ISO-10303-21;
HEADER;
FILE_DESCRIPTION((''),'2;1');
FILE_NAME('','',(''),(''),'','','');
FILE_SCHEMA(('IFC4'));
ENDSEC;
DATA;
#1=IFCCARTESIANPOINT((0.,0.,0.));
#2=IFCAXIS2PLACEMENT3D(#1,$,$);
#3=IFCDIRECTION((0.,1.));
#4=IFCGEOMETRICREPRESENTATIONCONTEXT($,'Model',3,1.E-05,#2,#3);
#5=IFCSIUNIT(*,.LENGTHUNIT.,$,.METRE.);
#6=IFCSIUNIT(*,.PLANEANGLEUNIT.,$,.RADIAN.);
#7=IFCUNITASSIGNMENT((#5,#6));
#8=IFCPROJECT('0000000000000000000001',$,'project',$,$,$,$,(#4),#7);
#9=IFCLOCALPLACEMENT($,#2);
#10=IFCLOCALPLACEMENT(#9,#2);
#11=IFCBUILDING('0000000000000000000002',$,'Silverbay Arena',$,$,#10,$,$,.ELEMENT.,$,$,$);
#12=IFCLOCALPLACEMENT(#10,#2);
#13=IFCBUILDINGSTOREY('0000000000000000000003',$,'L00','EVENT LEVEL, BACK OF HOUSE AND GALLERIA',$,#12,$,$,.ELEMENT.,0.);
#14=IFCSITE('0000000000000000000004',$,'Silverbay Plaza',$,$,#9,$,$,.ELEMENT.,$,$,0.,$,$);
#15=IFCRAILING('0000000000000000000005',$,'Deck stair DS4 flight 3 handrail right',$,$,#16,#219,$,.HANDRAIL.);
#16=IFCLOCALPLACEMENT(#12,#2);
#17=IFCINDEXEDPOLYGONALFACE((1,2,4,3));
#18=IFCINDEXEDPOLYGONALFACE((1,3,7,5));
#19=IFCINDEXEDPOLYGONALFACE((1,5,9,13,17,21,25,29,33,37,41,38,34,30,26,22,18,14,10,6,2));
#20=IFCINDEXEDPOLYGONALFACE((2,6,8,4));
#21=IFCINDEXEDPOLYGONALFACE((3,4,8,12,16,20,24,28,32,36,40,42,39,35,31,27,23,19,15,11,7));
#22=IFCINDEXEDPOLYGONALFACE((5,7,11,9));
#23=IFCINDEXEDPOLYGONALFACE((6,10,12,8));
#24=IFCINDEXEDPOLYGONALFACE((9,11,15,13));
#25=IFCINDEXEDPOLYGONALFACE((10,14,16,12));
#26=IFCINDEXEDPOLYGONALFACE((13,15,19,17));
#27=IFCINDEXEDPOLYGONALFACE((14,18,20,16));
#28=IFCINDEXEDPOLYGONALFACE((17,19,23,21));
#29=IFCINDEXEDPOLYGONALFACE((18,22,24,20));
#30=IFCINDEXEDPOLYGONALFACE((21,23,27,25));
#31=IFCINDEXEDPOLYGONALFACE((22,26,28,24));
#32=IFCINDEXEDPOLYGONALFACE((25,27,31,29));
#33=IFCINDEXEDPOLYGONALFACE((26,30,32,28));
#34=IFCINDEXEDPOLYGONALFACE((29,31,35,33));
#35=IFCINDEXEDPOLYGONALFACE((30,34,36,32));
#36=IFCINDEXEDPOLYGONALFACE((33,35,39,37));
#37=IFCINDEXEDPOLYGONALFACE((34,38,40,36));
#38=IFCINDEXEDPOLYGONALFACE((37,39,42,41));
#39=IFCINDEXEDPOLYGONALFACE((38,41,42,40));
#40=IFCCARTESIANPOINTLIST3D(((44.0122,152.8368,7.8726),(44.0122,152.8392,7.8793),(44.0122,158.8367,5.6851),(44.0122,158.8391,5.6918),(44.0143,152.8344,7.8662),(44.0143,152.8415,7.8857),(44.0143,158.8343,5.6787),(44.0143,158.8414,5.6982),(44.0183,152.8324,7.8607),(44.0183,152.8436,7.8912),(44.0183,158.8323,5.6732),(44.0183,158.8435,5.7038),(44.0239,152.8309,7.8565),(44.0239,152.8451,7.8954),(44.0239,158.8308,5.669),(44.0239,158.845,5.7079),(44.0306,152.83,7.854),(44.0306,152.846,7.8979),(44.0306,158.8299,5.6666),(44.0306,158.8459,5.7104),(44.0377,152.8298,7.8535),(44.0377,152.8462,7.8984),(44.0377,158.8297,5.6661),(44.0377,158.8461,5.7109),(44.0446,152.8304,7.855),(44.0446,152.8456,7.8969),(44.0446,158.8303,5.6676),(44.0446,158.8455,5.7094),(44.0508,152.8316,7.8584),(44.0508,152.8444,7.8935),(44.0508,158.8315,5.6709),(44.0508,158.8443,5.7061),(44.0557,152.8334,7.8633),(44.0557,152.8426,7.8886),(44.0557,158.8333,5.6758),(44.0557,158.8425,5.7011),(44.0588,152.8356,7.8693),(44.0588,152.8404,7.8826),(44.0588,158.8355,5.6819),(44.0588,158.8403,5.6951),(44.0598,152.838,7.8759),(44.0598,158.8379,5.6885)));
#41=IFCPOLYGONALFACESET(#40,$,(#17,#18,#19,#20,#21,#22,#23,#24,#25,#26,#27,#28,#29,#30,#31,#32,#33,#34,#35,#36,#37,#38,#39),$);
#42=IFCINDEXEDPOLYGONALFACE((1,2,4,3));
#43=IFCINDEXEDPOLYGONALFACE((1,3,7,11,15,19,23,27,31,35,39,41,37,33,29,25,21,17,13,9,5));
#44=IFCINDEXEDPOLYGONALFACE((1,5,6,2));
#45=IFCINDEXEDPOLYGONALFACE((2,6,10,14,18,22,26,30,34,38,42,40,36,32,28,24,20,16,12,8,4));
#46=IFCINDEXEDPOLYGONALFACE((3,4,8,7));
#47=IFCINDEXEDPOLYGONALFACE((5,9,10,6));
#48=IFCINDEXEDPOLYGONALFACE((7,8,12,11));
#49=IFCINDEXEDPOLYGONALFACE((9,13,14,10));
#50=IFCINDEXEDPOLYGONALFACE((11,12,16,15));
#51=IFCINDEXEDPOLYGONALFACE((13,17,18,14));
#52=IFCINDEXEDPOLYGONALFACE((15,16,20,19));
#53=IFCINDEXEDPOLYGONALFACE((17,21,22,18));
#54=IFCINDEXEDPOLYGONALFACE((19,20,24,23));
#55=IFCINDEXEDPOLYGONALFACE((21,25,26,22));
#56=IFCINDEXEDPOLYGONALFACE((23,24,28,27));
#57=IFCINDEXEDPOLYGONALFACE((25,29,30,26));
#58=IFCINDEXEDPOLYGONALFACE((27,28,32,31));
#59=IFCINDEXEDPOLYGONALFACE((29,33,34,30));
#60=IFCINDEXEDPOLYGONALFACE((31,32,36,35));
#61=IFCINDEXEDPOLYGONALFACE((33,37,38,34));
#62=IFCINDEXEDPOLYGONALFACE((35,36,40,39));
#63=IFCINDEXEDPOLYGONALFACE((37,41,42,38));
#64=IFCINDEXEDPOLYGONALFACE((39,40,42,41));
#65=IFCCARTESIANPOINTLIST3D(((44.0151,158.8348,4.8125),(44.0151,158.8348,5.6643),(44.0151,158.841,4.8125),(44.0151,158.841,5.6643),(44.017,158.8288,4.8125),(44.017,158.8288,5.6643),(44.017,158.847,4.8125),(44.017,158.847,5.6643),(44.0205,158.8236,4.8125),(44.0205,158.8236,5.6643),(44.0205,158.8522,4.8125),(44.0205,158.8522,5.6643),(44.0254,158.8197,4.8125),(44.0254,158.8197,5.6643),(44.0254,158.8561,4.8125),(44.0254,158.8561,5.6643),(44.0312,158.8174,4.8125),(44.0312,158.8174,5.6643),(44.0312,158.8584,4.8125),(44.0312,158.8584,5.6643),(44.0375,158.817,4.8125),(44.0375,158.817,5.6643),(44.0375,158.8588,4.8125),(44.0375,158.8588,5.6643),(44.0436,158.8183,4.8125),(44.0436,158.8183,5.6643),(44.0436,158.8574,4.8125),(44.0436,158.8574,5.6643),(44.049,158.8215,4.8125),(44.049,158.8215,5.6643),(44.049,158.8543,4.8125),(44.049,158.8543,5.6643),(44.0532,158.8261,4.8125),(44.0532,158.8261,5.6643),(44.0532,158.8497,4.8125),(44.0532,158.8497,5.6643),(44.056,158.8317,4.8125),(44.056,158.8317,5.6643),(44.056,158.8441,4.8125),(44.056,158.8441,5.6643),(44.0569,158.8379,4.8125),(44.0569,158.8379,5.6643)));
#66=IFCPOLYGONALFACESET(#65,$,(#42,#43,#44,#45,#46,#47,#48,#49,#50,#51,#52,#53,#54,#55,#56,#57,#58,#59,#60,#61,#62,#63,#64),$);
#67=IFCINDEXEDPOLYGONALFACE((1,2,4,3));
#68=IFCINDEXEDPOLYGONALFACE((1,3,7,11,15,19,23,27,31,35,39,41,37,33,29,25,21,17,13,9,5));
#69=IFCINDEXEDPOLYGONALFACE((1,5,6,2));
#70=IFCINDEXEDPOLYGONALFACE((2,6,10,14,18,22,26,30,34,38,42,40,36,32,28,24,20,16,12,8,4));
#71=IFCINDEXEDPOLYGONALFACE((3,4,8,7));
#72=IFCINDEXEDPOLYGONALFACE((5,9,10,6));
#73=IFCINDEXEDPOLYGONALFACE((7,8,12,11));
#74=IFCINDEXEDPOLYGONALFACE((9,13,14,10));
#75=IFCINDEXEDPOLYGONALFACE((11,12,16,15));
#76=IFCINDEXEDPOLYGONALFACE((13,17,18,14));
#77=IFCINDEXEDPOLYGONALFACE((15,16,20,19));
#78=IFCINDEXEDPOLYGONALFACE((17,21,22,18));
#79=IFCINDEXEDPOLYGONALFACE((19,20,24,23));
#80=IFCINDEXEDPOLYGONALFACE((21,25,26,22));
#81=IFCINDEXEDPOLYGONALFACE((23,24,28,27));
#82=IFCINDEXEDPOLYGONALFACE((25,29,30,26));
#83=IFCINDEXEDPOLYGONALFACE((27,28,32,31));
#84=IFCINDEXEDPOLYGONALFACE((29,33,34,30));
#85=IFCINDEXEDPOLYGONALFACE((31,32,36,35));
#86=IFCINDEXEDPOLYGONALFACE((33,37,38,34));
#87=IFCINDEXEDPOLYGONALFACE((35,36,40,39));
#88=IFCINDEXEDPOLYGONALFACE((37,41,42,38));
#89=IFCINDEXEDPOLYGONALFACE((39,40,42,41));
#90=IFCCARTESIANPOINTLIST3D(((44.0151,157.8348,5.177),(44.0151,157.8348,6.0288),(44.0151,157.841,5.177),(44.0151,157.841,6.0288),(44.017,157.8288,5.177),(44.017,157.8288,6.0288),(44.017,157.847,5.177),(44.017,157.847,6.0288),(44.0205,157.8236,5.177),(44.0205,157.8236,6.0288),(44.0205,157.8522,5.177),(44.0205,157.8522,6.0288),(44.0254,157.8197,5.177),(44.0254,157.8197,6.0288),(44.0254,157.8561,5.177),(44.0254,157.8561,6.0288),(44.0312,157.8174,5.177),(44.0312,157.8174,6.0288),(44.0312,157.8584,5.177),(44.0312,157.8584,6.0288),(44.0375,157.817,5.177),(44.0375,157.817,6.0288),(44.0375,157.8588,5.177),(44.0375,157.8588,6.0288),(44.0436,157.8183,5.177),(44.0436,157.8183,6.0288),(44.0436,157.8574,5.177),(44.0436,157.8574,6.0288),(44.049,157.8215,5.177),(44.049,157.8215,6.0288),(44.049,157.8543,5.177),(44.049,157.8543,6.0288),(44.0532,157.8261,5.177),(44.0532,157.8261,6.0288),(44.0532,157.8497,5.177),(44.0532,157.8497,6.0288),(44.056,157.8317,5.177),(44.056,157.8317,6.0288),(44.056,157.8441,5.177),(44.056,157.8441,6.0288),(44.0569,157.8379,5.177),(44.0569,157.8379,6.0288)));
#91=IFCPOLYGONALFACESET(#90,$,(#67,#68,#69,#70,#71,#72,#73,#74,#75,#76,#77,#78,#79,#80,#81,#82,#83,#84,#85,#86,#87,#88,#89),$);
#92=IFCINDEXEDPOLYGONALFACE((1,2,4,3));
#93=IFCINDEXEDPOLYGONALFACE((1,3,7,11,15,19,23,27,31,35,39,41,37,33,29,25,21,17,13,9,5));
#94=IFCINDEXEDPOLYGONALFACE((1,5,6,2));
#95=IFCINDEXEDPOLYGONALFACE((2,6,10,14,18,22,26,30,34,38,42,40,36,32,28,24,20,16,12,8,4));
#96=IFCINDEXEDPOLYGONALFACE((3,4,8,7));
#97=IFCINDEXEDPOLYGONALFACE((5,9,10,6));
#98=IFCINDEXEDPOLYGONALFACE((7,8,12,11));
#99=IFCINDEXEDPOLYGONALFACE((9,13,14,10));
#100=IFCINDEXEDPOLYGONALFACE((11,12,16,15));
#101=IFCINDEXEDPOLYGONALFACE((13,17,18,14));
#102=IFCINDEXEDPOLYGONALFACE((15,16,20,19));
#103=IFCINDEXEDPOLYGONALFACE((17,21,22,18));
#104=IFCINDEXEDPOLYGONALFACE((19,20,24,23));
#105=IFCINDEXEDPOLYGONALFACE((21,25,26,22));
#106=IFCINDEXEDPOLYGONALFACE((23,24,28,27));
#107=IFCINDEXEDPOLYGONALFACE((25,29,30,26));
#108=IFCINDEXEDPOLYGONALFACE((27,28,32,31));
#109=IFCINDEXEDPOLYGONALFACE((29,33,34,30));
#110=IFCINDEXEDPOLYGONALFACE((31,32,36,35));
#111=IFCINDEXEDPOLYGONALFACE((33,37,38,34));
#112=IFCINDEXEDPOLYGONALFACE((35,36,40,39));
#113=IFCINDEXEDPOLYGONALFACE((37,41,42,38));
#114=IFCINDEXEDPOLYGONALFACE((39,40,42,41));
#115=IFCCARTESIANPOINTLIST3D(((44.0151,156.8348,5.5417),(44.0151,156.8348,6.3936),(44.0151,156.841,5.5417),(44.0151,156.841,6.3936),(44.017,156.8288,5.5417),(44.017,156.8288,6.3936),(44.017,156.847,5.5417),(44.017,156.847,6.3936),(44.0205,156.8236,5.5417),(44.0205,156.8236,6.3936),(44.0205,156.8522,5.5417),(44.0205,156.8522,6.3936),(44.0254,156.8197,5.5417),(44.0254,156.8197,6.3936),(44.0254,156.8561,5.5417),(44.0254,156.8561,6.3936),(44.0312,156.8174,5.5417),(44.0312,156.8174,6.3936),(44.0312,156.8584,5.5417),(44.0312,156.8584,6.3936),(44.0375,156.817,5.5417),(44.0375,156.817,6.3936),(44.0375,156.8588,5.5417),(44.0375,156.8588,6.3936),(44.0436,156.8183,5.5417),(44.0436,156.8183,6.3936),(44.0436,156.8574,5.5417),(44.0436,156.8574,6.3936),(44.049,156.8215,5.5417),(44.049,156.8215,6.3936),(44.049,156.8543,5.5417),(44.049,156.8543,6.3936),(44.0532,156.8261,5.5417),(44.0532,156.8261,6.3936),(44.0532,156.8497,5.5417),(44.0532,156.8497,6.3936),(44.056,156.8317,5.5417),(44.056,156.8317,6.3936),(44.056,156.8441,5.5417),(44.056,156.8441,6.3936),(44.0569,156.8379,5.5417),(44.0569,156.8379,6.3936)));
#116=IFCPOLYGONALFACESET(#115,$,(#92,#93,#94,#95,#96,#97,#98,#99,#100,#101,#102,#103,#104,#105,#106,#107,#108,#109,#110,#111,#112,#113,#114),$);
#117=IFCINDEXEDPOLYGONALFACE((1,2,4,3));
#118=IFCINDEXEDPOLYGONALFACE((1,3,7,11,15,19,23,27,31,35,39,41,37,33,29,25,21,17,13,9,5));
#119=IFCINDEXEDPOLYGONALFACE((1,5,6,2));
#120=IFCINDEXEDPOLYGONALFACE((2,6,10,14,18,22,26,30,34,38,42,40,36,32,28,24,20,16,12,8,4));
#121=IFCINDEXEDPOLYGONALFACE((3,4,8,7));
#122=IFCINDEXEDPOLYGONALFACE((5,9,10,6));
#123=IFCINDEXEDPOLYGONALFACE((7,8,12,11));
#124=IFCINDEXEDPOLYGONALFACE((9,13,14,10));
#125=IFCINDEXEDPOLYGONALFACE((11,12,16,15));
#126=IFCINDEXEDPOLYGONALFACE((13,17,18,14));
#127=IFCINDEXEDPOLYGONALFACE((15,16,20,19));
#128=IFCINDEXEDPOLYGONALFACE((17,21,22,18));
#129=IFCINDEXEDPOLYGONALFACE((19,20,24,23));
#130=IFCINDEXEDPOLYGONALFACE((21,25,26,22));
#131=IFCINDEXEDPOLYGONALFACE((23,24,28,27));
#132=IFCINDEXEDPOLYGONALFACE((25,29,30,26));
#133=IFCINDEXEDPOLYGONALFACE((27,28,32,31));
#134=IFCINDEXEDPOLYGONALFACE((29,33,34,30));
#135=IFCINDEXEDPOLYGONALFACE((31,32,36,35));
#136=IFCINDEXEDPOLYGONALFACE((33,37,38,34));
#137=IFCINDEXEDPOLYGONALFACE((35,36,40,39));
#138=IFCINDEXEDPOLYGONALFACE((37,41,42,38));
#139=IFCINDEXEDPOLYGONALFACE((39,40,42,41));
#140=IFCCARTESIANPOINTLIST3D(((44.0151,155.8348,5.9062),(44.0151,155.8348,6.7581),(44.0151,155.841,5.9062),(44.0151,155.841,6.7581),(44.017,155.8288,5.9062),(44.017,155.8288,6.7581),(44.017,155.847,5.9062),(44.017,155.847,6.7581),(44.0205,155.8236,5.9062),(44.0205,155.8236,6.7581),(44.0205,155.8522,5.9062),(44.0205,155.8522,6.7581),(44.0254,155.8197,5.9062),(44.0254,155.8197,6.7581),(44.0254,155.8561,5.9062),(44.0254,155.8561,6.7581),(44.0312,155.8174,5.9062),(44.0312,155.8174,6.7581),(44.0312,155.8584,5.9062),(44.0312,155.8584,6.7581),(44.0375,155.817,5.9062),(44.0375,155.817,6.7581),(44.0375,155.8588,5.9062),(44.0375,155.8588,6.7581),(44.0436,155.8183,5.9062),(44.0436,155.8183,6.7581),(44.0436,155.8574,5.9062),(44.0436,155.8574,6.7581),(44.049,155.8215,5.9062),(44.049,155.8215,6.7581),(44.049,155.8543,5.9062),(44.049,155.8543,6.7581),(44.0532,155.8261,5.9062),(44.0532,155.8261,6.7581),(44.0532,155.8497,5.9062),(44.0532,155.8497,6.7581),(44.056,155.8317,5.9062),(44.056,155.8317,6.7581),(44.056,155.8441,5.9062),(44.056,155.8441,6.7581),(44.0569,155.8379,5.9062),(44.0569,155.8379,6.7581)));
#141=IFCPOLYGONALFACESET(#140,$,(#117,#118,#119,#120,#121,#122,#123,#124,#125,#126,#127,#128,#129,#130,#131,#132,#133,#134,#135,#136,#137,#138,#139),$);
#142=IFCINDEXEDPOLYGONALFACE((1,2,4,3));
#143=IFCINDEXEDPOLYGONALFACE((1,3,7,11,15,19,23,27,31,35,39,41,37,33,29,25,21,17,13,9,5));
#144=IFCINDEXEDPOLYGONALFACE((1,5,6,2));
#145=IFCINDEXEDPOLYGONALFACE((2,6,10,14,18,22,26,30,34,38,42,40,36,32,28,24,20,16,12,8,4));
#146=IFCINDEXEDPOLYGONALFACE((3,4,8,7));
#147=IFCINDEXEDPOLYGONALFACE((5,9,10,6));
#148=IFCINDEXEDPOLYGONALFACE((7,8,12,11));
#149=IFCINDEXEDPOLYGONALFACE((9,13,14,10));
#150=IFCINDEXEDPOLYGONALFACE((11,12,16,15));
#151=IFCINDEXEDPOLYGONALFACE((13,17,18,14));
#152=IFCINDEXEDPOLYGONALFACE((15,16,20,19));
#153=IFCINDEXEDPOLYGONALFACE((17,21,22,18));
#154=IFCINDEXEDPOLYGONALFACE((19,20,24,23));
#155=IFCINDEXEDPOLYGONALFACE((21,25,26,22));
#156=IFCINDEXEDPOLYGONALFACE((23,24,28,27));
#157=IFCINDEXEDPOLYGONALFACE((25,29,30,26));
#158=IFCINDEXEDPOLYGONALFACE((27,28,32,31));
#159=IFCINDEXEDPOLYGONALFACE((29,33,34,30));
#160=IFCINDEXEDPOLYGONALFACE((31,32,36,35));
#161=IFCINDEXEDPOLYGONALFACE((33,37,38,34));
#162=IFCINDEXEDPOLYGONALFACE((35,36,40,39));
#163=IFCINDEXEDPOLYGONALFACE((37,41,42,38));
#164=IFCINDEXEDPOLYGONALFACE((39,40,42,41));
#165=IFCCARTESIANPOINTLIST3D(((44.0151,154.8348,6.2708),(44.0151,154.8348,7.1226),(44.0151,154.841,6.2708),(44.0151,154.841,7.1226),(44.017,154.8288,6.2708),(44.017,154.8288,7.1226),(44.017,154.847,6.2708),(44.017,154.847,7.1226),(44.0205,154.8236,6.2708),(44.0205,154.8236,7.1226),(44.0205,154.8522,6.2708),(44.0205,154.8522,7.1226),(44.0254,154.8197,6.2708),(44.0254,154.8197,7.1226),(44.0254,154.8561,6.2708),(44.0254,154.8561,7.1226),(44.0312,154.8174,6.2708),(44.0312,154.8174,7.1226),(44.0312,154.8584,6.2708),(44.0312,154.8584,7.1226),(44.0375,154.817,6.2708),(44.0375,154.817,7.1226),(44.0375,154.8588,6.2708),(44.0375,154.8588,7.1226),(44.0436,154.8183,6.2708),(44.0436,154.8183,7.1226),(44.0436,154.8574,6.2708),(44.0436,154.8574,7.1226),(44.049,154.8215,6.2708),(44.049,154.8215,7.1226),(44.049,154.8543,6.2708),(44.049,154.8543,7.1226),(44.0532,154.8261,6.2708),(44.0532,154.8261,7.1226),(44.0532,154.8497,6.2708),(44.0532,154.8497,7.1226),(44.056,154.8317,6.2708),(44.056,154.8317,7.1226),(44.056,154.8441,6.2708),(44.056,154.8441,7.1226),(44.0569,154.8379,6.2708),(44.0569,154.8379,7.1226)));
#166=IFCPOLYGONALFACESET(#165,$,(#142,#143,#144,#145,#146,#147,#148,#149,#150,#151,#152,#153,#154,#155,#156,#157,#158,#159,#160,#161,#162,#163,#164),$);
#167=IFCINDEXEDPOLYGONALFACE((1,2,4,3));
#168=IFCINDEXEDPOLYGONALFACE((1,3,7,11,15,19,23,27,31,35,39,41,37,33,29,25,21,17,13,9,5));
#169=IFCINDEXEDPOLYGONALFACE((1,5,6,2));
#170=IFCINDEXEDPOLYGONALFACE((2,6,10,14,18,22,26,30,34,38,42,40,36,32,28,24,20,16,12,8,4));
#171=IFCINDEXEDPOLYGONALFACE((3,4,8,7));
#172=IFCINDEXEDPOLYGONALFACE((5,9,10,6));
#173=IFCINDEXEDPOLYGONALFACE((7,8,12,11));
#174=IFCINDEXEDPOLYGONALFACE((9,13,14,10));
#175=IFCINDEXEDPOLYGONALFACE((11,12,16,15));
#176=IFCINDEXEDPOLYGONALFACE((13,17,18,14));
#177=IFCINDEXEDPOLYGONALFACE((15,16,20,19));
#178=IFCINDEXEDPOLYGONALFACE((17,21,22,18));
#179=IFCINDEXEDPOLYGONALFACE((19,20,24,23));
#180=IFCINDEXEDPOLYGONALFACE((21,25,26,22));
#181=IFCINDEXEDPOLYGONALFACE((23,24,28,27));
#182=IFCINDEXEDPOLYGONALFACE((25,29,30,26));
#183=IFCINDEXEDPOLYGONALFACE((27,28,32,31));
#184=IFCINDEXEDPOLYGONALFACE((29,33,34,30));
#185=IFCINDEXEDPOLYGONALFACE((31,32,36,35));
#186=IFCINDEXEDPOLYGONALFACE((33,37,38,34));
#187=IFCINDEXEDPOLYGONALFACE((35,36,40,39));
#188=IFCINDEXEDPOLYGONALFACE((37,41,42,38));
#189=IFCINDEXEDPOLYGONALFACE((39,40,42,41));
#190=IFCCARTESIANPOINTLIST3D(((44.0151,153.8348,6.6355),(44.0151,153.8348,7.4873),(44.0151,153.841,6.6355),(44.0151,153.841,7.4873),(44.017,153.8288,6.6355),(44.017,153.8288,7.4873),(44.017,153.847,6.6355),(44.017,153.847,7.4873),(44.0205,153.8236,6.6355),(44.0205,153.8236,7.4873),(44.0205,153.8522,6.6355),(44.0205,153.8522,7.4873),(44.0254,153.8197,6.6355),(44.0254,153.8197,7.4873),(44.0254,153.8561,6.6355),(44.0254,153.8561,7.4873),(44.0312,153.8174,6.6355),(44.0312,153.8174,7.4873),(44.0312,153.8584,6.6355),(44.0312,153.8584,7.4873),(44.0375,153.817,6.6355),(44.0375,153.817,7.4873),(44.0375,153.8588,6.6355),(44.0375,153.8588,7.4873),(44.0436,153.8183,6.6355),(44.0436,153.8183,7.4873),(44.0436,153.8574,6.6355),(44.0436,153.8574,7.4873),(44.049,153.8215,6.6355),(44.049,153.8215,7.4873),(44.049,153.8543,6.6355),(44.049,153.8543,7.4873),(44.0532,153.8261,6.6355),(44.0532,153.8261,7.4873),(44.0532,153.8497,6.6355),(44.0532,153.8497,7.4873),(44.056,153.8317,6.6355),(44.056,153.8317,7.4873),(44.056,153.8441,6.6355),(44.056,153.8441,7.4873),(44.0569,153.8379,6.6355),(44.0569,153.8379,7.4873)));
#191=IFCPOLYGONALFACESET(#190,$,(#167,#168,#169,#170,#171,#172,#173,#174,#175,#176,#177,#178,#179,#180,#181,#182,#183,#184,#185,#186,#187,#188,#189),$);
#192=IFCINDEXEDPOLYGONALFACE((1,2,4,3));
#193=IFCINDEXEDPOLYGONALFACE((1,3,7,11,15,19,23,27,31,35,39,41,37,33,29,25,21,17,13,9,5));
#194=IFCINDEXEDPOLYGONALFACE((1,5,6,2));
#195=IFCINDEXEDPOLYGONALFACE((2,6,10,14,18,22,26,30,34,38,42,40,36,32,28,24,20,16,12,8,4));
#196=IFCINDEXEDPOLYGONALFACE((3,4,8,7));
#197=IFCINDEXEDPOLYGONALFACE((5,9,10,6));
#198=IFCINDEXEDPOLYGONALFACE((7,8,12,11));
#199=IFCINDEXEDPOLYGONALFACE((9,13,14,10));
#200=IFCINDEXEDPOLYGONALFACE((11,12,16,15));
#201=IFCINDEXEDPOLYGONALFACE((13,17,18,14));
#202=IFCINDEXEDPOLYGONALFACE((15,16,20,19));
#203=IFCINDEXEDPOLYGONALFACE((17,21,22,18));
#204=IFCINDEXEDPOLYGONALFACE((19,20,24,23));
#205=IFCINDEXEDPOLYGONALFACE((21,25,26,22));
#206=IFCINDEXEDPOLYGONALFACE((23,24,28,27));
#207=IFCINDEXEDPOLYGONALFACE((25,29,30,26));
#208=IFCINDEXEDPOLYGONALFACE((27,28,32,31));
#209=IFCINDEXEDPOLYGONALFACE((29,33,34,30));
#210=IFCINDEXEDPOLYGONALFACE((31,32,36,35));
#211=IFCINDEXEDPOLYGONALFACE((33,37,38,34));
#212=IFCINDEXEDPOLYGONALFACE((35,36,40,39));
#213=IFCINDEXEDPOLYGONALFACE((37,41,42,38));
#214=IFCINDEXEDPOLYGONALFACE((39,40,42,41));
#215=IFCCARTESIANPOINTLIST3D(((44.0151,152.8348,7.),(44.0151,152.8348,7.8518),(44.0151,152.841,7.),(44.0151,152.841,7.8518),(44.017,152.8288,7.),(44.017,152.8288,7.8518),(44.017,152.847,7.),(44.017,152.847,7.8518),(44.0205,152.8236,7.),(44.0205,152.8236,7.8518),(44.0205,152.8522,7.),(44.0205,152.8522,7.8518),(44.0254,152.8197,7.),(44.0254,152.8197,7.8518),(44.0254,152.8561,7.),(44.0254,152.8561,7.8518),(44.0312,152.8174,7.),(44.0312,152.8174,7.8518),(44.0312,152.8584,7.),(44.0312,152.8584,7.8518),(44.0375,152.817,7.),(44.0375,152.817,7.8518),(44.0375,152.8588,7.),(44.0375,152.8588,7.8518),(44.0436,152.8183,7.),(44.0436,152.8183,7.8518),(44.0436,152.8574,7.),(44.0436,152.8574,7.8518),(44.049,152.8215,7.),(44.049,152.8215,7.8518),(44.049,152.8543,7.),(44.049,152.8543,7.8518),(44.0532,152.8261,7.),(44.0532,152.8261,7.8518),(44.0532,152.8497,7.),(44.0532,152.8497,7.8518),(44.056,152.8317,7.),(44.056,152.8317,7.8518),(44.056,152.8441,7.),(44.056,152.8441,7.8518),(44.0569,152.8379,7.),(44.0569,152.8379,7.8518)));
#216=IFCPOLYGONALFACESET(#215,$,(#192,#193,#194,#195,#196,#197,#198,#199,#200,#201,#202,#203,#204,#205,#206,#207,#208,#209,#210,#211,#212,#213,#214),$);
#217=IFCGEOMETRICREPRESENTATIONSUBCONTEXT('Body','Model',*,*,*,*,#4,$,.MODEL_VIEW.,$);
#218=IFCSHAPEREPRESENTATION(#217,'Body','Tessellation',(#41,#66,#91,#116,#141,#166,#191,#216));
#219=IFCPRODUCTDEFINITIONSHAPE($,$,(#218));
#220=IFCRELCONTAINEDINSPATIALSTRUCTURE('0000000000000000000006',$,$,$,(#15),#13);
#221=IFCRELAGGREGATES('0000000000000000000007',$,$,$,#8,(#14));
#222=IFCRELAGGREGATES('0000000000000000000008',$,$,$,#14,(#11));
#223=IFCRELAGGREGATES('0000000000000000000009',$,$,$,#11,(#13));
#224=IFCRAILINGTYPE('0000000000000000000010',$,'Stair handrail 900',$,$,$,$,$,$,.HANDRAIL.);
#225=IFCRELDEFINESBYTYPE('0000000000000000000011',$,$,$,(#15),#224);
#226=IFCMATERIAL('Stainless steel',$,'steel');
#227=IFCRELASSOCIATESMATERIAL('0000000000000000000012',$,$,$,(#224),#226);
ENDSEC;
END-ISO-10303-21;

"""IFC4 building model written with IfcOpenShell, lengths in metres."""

from ifc_helpers import new_model, si_unit, direction, frame, origin, origin_2d, place, context, subcontext, project, spatial, circle, extrude, material, type_object, element, save


model = new_model("IFC4")

# Units and contexts
model_context = context("Model", 3, precision=1e-05, world=origin(), true_north=direction((0.0, 1.0)))
body_context = subcontext(model_context, "Body", "Model", "MODEL_VIEW")
ifc_project = project(units=[si_unit("LENGTHUNIT", "METRE"), si_unit("PLANEANGLEUNIT", "RADIAN")], contexts=[model_context])

# Site, building, storey
site_placement = place(None, origin())
site = spatial("IfcSite", under=ifc_project, at=site_placement, Name="Silverbay Plaza", CompositionType="ELEMENT", RefElevation=0.0)
building_placement = place(site_placement, origin())
building = spatial("IfcBuilding", under=site, at=building_placement, Name="Silverbay Arena", CompositionType="ELEMENT")
storey_placement = place(building_placement, origin())
storey = spatial("IfcBuildingStorey", under=building, at=storey_placement, Name="L00", Description="EVENT LEVEL, BACK OF HOUSE AND GALLERIA", CompositionType="ELEMENT", Elevation=0.0)

# Railing
ifc_material_1 = material(Name="Stainless steel", Category="steel")
railing_type_1 = type_object("IfcRailingType", Name="Stair handrail 900", PredefinedType="HANDRAIL", material=ifc_material_1)
for number, where, name in (
    (1, (44.0359, 158.8379, 4.8125), "Deck stair DS4 flight 3 handrail right"),
):
    element("IfcRailing", number, at=place(storey_placement, frame(where)), inside=storey, type_object=railing_type_1, Name=name, PredefinedType="HANDRAIL", context=body_context, shape_type="SweptSolid", body=[
        extrude(circle(Radius=0.0239, at=origin_2d()), frame((0.0, 0.0, 0.876), z_axis=(0.0, -0.939507, 0.342529), x_axis=(1.0, 0.0, 0.0)), (0.0, 0.0, 1.0), 6.3862),
        extrude(circle(Radius=0.021, at=origin_2d()), origin(), (0.0, 0.0, 1.0), 0.8518),
        extrude(circle(Radius=0.021, at=origin_2d()), frame((0.0, -1.0, 0.3645)), (0.0, 0.0, 1.0), 0.8518),
        extrude(circle(Radius=0.021, at=origin_2d()), frame((0.0, -2.0, 0.7292)), (0.0, 0.0, 1.0), 0.8518),
        extrude(circle(Radius=0.021, at=origin_2d()), frame((0.0, -3.0, 1.0938)), (0.0, 0.0, 1.0), 0.8518),
        extrude(circle(Radius=0.021, at=origin_2d()), frame((0.0, -4.0, 1.4583)), (0.0, 0.0, 1.0), 0.8518),
        extrude(circle(Radius=0.021, at=origin_2d()), frame((0.0, -5.0, 1.823)), (0.0, 0.0, 1.0), 0.8518),
        extrude(circle(Radius=0.021, at=origin_2d()), frame((0.0, -6.0, 2.1875)), (0.0, 0.0, 1.0), 0.8518),
    ])

save(model, "model.ifc")
